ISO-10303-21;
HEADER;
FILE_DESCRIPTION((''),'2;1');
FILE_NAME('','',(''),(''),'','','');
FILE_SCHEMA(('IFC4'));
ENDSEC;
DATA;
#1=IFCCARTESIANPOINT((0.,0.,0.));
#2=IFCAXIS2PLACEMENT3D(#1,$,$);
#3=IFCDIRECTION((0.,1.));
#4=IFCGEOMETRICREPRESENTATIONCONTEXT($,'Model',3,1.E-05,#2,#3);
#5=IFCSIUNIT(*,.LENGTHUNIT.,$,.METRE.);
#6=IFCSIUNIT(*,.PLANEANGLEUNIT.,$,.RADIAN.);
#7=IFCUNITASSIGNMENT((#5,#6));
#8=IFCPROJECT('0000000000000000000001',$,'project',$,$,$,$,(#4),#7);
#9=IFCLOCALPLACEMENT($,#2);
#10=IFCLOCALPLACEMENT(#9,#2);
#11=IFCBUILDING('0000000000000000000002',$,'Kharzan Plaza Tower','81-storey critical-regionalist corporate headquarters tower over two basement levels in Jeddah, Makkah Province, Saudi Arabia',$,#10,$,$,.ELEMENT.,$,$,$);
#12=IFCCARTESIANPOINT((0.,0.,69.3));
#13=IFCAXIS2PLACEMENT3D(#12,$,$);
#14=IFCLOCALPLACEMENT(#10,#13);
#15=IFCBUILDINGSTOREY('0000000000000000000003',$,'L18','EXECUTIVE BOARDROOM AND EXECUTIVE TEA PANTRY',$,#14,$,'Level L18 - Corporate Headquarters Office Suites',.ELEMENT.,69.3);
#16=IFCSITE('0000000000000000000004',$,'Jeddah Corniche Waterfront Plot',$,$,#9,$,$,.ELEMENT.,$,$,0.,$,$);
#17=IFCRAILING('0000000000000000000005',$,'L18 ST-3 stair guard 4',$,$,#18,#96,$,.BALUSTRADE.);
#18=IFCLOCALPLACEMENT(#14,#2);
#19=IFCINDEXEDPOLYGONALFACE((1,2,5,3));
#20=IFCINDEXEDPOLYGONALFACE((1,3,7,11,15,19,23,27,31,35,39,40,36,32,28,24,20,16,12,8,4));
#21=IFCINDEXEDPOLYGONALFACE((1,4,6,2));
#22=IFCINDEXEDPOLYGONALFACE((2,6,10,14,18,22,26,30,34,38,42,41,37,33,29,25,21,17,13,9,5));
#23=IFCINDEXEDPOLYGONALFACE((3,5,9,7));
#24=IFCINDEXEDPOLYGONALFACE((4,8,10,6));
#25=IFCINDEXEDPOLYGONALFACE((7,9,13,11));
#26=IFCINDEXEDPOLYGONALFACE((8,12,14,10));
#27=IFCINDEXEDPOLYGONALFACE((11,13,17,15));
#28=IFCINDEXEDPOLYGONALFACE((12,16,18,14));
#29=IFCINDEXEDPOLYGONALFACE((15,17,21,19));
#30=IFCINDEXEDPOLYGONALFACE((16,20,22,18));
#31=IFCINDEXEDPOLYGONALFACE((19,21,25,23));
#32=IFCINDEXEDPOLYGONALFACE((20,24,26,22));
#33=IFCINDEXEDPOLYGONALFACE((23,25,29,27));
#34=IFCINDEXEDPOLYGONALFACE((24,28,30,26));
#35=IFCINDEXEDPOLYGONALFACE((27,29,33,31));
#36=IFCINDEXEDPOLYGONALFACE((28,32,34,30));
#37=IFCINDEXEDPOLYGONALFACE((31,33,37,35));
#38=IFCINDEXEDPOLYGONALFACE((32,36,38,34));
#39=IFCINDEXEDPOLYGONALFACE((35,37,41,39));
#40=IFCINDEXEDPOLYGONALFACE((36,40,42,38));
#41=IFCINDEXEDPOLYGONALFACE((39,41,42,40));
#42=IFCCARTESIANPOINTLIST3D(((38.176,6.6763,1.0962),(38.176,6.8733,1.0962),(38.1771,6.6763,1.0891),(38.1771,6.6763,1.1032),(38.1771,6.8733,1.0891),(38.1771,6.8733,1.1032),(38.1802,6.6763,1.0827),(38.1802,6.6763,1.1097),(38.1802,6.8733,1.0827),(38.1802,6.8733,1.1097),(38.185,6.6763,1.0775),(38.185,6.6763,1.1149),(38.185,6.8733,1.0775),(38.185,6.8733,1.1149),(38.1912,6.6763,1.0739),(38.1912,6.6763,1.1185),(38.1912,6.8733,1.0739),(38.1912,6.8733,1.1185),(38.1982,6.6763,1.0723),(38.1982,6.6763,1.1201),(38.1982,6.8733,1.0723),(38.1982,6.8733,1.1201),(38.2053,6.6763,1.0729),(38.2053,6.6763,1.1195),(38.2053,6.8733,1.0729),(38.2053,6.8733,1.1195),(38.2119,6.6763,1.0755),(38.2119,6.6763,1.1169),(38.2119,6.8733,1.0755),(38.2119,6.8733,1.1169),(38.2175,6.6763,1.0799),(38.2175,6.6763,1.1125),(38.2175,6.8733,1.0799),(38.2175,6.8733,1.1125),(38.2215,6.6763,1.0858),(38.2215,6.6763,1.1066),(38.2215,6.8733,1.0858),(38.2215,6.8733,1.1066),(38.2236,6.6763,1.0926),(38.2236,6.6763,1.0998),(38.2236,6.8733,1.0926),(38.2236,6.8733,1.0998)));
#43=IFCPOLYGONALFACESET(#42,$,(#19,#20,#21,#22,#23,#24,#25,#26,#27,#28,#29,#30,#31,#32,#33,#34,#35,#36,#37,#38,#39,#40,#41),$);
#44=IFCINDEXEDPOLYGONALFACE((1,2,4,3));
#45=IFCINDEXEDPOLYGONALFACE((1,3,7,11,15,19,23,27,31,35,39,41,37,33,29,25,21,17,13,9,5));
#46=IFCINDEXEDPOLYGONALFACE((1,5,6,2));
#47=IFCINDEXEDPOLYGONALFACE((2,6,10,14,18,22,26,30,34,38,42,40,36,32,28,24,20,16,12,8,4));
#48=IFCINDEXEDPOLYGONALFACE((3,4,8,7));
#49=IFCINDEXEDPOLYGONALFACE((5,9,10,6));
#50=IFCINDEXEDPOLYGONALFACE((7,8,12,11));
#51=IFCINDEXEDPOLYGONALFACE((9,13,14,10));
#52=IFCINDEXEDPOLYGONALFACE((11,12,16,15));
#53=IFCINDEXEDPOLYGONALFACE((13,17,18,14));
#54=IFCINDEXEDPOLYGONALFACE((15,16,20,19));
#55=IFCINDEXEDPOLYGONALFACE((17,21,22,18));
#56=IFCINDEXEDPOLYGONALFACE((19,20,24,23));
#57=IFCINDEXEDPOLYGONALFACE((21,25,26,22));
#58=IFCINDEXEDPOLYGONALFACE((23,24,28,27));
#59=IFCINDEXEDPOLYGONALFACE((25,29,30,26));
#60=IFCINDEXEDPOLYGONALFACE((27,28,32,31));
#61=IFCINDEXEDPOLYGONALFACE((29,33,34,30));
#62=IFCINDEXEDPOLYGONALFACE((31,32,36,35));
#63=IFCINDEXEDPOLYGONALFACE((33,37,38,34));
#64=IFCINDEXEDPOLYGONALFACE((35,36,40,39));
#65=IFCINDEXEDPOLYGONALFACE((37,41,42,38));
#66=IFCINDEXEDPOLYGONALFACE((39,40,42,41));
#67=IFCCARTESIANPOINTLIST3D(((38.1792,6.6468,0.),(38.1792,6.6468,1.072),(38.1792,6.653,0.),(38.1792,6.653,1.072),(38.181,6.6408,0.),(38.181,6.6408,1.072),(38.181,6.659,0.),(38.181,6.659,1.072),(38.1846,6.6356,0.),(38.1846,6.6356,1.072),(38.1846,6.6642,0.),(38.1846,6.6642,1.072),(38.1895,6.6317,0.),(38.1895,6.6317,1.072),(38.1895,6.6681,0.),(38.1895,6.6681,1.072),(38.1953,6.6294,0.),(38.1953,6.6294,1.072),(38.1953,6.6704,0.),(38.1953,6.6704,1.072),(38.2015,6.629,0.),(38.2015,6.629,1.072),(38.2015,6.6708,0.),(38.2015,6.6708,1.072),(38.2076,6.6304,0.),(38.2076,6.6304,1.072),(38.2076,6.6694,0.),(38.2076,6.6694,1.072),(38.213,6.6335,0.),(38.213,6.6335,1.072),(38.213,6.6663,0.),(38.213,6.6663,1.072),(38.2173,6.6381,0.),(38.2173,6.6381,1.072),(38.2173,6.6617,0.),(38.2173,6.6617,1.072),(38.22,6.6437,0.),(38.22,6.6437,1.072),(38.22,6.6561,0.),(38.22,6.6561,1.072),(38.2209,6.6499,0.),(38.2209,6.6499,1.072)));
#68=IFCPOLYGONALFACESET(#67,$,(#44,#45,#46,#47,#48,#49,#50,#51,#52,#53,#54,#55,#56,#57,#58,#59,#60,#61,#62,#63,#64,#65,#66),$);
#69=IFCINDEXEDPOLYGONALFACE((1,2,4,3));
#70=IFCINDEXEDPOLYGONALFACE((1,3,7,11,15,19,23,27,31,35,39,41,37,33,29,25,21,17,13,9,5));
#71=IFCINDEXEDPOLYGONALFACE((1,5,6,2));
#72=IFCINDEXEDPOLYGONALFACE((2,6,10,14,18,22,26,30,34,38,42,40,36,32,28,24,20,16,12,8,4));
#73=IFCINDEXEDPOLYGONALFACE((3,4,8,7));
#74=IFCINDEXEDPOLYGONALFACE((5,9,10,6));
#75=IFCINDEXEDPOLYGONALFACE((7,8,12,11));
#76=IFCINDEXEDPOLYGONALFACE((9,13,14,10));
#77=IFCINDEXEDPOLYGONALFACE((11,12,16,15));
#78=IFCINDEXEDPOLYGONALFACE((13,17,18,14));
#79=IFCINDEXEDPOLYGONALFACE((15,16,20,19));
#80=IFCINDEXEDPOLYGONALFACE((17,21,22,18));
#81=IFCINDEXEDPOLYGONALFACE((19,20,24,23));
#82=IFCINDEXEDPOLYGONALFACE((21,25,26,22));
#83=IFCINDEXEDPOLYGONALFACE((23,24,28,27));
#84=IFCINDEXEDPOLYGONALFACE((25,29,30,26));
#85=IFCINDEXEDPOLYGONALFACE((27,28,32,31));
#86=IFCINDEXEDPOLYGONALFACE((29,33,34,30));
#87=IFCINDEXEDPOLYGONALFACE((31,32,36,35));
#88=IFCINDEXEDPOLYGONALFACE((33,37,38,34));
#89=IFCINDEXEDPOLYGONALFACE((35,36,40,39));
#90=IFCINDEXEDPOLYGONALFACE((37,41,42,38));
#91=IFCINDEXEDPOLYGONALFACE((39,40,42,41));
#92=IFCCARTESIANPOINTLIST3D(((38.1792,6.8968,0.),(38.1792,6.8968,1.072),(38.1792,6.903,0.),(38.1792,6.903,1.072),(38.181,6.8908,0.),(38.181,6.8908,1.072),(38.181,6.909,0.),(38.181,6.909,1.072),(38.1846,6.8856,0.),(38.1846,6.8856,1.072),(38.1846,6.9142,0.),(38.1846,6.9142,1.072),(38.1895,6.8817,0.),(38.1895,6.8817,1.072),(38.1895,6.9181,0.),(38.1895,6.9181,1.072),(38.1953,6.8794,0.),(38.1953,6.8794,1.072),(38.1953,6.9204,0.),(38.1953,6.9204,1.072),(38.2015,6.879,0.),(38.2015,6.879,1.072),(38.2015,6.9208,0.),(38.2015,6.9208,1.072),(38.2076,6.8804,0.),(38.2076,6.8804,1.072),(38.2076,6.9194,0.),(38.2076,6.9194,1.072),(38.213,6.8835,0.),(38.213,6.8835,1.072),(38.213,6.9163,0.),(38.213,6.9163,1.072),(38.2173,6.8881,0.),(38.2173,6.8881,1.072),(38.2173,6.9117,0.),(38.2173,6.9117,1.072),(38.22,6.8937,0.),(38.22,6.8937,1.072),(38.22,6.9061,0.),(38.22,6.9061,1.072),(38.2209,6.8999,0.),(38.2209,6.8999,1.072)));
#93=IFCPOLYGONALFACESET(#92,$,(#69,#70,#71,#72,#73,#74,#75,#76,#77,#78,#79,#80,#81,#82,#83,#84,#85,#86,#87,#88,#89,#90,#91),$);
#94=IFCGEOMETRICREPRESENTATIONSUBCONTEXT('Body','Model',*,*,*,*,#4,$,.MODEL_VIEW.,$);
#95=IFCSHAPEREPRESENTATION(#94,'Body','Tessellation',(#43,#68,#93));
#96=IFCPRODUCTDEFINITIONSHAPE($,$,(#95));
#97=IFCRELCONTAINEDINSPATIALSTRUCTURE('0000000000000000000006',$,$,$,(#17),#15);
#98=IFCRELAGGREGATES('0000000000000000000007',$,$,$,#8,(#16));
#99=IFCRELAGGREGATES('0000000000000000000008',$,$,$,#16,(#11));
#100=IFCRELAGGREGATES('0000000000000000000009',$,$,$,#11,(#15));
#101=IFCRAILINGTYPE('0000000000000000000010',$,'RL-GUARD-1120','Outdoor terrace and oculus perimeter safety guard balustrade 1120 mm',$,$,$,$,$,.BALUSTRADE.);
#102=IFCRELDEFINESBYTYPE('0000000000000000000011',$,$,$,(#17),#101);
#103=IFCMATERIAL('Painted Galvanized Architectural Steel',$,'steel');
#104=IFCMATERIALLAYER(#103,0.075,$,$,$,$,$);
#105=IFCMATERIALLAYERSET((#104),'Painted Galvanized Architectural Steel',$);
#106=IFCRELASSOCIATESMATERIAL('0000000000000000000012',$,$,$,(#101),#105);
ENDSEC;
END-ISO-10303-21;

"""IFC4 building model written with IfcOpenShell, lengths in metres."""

from ifc_helpers import new_model, si_unit, direction, frame, origin, origin_2d, place, context, subcontext, project, spatial, circle, extrude, source, transform, mapped, material, layer, layer_set, type_object, element, save


model = new_model("IFC4")

# Units and contexts
model_context = context("Model", 3, precision=1e-05, world=origin(), true_north=direction((0.0, 1.0)))
body_context = subcontext(model_context, "Body", "Model", "MODEL_VIEW")
ifc_project = project(units=[si_unit("LENGTHUNIT", "METRE"), si_unit("PLANEANGLEUNIT", "RADIAN")], contexts=[model_context])

# Site, building, storey
site_placement = place(None, origin())
site = spatial("IfcSite", under=ifc_project, at=site_placement, Name="Jeddah Corniche Waterfront Plot", CompositionType="ELEMENT", RefElevation=0.0)
building_placement = place(site_placement, origin())
building = spatial("IfcBuilding", under=site, at=building_placement, Name="Kharzan Plaza Tower", Description="81-storey critical-regionalist corporate headquarters tower over two basement levels in Jeddah, Makkah Province, Saudi Arabia", CompositionType="ELEMENT")
storey_placement = place(building_placement, frame((0.0, 0.0, 69.3)))
storey = spatial("IfcBuildingStorey", under=building, at=storey_placement, Name="L18", Description="EXECUTIVE BOARDROOM AND EXECUTIVE TEA PANTRY", LongName="Level L18 - Corporate Headquarters Office Suites", CompositionType="ELEMENT", Elevation=69.3)

# Railing
ifc_material_1 = material(Name="Painted Galvanized Architectural Steel", Category="steel")
ifc_layer_1 = layer(ifc_material_1, 0.075)
ifc_layer_set_1 = layer_set([ifc_layer_1], Name="Painted Galvanized Architectural Steel")
railing_type_1 = type_object("IfcRailingType", Name="RL-GUARD-1120", Description="Outdoor terrace and oculus perimeter safety guard balustrade 1120 mm", PredefinedType="BALUSTRADE", material=ifc_layer_set_1)
shared_shape_1 = source(origin(), body_context, "Body", "SweptSolid", [
    extrude(circle(Radius=0.0239, at=origin_2d()), frame((0.0, 0.0264, 1.0962), z_axis=(0.0, 1.0, 0.0), x_axis=(-1.0, 0.0, 0.0)), (0.0, 0.0, 1.0), 0.197),
    extrude(circle(Radius=0.021, at=origin_2d()), origin(), (0.0, 0.0, 1.0), 1.072),
    extrude(circle(Radius=0.021, at=origin_2d()), frame((0.0, 0.25, 0.0)), (0.0, 0.0, 1.0), 1.072),
])
for number, where, name in (
    (1, (38.2, 6.6499, 0.0), "L18 ST-3 stair guard 4"),
):
    element("IfcRailing", number, at=place(storey_placement, frame(where)), inside=storey, type_object=railing_type_1, Name=name, PredefinedType="BALUSTRADE", context=body_context, shape_type="MappedRepresentation", body=[
        mapped(shared_shape_1, transform((0.0, 0.0, 0.0), x_axis=(1.0, 0.0, 0.0), y_axis=(0.0, 1.0, 0.0), z_axis=(0.0, 0.0, 1.0))),
    ])

save(model, "model.ifc")
